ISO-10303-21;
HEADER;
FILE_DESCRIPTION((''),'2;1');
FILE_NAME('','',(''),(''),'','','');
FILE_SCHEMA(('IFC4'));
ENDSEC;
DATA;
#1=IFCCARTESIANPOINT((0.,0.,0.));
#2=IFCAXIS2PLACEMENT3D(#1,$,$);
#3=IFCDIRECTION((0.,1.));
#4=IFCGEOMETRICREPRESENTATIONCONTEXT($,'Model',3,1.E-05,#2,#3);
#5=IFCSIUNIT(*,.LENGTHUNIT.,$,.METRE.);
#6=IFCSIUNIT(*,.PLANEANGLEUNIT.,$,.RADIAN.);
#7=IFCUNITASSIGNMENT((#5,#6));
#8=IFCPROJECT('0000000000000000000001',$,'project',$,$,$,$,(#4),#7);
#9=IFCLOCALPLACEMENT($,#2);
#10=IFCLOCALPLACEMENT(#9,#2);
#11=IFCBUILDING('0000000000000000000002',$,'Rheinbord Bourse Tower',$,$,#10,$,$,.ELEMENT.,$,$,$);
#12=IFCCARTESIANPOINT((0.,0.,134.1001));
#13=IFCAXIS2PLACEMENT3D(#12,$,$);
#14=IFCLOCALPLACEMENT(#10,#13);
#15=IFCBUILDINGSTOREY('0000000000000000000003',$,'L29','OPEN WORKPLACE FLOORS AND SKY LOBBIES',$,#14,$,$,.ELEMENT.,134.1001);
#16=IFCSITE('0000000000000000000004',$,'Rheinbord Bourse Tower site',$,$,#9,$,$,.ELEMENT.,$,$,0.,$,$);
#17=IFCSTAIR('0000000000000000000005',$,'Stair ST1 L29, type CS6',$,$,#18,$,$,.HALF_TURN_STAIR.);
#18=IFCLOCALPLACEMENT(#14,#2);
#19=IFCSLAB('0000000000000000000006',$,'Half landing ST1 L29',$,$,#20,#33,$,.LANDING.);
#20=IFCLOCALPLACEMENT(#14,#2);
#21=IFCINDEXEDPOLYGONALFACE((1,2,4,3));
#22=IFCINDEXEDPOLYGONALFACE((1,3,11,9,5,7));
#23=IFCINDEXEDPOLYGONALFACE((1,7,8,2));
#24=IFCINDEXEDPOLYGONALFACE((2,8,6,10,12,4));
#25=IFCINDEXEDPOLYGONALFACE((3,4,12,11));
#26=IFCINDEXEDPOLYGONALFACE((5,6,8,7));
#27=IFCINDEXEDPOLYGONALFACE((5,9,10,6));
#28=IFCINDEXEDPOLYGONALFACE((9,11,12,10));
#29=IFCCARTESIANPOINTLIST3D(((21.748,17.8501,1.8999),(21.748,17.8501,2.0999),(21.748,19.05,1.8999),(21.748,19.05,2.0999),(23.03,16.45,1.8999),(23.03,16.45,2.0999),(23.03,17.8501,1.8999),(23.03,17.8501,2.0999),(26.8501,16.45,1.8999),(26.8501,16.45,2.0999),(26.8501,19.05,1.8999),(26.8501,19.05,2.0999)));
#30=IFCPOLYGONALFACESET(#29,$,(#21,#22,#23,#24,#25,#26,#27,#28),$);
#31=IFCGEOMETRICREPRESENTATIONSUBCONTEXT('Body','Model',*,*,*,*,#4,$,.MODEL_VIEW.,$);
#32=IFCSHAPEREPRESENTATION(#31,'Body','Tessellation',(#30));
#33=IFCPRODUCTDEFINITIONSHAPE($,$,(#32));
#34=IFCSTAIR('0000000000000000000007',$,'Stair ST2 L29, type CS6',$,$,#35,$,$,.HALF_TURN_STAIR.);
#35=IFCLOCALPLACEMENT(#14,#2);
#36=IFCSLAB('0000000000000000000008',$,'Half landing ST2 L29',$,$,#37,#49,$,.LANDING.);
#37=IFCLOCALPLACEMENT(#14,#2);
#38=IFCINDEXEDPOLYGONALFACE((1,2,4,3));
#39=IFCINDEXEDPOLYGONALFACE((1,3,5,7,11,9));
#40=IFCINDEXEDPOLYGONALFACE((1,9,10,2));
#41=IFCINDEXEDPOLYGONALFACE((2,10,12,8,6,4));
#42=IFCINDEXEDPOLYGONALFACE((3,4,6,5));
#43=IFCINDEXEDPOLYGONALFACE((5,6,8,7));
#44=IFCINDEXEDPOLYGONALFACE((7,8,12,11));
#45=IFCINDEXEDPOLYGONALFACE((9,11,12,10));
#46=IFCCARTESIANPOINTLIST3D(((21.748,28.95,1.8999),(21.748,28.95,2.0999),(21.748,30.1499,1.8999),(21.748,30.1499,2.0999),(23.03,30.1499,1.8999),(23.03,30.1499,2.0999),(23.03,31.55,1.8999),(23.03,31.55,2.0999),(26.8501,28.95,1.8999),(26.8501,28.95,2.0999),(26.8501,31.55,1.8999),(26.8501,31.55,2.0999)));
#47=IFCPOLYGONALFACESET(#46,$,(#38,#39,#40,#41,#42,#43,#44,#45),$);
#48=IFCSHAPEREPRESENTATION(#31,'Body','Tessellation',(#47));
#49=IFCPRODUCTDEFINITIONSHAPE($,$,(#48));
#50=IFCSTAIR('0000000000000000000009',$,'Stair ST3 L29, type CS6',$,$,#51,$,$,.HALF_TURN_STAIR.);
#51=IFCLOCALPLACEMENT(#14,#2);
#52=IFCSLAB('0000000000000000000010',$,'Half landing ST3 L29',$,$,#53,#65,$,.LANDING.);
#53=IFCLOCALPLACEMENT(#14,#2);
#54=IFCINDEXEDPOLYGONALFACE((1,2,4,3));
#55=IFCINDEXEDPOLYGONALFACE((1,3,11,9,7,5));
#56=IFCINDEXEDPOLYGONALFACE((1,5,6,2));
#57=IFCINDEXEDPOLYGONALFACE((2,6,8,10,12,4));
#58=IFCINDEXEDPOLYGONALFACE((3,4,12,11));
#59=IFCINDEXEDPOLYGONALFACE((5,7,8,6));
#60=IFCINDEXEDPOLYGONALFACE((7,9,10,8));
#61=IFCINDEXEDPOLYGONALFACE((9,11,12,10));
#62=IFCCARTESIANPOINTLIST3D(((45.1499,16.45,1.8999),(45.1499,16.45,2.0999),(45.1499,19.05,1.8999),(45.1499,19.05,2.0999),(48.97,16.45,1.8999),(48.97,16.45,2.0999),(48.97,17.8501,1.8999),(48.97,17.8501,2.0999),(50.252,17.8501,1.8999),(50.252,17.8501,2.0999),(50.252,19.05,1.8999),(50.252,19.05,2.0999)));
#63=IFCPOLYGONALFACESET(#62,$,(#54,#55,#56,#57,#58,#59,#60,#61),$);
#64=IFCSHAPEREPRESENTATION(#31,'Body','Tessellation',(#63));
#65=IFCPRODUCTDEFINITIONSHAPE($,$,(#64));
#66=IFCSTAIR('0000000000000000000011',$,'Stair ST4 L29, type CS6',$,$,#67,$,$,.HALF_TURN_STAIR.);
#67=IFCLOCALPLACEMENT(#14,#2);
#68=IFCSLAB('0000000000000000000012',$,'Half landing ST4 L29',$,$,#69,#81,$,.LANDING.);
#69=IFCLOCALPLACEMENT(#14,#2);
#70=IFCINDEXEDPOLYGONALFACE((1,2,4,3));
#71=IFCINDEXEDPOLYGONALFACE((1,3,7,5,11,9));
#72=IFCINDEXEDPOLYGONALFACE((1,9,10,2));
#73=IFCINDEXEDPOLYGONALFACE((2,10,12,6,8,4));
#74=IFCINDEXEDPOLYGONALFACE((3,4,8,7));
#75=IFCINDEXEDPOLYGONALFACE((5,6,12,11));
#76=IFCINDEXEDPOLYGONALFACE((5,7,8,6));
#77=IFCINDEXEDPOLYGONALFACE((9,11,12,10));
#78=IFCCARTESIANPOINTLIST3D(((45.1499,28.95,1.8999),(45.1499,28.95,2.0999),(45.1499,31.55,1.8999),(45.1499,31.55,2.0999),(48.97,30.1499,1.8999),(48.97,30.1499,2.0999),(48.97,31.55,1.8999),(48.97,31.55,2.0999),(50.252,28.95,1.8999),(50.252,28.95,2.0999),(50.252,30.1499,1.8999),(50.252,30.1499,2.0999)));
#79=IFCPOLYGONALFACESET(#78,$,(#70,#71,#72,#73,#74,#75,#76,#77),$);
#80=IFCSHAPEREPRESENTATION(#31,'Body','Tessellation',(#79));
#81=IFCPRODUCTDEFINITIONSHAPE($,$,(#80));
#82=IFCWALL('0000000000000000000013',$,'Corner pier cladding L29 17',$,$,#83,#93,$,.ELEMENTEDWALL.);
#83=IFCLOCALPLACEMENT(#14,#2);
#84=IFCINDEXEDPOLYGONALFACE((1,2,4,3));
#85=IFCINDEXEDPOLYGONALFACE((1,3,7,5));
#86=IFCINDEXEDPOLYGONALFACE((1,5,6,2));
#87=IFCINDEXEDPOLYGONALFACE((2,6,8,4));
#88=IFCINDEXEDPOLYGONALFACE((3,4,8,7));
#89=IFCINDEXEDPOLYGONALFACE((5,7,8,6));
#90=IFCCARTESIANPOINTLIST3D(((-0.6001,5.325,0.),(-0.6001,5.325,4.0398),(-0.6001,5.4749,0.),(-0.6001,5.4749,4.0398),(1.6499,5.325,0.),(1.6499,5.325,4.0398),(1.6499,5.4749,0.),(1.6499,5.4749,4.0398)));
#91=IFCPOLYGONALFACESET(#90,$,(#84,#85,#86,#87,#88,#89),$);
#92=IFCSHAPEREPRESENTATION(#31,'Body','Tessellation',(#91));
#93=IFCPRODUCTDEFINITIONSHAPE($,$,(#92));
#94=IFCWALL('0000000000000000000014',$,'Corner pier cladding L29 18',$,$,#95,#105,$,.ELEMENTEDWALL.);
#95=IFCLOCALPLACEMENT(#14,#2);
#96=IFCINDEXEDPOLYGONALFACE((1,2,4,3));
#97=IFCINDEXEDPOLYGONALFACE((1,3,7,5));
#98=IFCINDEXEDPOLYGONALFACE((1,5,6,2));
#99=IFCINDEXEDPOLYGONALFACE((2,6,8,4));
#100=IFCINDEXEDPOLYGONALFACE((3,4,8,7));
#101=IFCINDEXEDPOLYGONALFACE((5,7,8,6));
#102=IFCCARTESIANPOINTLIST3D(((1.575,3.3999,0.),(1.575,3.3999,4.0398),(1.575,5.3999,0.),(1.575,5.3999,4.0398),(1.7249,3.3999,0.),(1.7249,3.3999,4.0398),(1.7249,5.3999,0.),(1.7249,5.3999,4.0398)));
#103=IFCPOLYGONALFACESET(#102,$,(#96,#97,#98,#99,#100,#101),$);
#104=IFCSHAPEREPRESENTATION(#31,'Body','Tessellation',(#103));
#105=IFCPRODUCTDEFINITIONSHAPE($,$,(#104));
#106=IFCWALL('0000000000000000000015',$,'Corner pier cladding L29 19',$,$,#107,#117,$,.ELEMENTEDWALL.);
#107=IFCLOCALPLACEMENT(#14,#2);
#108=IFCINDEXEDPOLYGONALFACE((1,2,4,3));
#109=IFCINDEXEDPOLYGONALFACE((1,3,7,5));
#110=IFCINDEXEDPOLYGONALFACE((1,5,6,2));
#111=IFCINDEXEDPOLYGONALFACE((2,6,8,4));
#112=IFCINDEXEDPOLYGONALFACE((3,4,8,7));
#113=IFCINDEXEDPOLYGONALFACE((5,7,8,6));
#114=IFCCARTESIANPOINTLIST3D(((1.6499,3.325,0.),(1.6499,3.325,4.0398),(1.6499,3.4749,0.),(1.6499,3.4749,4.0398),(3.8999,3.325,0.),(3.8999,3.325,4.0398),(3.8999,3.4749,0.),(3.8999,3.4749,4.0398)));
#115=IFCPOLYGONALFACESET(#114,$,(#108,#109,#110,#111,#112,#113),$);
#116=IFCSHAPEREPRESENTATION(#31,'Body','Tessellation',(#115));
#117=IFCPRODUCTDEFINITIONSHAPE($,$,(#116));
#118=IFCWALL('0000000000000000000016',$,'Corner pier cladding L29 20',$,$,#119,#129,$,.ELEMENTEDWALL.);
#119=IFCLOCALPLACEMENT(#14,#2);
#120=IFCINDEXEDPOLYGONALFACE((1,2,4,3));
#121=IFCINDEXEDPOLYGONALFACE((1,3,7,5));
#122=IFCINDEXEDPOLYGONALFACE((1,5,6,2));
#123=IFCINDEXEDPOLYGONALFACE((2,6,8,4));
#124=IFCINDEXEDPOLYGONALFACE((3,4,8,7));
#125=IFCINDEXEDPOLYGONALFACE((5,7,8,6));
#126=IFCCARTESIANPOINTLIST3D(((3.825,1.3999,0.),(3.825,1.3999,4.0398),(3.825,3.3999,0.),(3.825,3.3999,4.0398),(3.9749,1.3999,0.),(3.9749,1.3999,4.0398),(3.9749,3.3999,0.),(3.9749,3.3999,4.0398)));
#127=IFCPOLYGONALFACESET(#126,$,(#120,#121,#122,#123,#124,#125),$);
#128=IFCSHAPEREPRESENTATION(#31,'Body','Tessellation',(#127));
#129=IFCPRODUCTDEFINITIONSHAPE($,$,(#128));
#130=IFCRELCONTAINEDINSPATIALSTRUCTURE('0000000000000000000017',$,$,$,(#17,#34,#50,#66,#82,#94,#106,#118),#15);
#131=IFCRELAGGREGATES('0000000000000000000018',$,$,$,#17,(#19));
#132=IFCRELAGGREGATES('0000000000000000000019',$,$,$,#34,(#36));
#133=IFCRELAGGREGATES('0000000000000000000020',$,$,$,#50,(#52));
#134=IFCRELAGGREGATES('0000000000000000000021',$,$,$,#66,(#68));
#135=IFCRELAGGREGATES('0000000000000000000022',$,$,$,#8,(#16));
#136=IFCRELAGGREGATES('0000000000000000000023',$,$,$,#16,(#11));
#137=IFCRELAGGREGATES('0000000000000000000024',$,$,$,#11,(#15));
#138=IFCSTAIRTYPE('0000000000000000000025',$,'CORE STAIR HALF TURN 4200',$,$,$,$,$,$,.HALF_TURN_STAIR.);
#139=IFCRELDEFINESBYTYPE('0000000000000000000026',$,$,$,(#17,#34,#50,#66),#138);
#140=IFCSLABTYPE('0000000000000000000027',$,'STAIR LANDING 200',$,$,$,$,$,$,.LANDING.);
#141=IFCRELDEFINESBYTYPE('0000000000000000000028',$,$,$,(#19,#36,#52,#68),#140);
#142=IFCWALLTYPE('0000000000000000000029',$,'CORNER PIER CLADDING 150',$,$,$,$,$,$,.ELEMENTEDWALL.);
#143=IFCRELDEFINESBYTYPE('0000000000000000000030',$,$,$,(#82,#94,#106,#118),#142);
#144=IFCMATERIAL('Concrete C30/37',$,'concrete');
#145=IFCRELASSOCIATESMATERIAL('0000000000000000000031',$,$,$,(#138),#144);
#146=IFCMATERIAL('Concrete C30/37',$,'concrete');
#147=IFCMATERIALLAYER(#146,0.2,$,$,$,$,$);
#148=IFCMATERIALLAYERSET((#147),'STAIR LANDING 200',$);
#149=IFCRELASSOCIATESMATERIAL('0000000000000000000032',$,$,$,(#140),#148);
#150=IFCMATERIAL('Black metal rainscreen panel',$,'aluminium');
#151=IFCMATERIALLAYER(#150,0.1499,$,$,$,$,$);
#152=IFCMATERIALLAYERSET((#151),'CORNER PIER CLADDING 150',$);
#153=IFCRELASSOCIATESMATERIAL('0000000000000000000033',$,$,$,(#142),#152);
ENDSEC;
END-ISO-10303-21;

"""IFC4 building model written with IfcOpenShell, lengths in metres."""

from ifc_helpers import new_model, si_unit, direction, frame, frame_2d, origin, place, context, subcontext, project, spatial, polyline, rectangle, outline, extrude, material, layer, layer_set, type_object, element, aggregate, save


model = new_model("IFC4")

# Units and contexts
model_context = context("Model", 3, precision=1e-05, world=origin(), true_north=direction((0.0, 1.0)))
body_context = subcontext(model_context, "Body", "Model", "MODEL_VIEW")
ifc_project = project(units=[si_unit("LENGTHUNIT", "METRE"), si_unit("PLANEANGLEUNIT", "RADIAN")], contexts=[model_context])

# Site, building, storey
site_placement = place(None, origin())
site = spatial("IfcSite", under=ifc_project, at=site_placement, Name="Rheinbord Bourse Tower site", CompositionType="ELEMENT", RefElevation=0.0)
building_placement = place(site_placement, origin())
building = spatial("IfcBuilding", under=site, at=building_placement, Name="Rheinbord Bourse Tower", CompositionType="ELEMENT")
storey_placement = place(building_placement, frame((0.0, 0.0, 134.1001)))
storey = spatial("IfcBuildingStorey", under=building, at=storey_placement, Name="L29", Description="OPEN WORKPLACE FLOORS AND SKY LOBBIES", CompositionType="ELEMENT", Elevation=134.1001)

# Stairs, slabs
ifc_material_1 = material(Name="Concrete C30/37", Category="concrete")
stair_type = type_object("IfcStairType", Name="CORE STAIR HALF TURN 4200", PredefinedType="HALF_TURN_STAIR", material=ifc_material_1)
stair_1_placement = place(storey_placement, origin())
stair_1 = element("IfcStair", 1, at=stair_1_placement, inside=storey, type_object=stair_type, Name="Stair ST1 L29, type CS6", PredefinedType="HALF_TURN_STAIR")
ifc_material_2 = material(Name="Concrete C30/37", Category="concrete")
ifc_layer_1 = layer(ifc_material_2, 0.2)
ifc_layer_set_1 = layer_set([ifc_layer_1], Name="STAIR LANDING 200")
slab_type_1 = type_object("IfcSlabType", Name="STAIR LANDING 200", PredefinedType="LANDING", material=ifc_layer_set_1)
slab_1_placement = place(storey_placement, frame((0.0, 0.0, 1.8999)))
slab_1 = element("IfcSlab", 2, at=slab_1_placement, type_object=slab_type_1, Name="Half landing ST1 L29", PredefinedType="LANDING", context=body_context, shape_type="SweptSolid", body=[
    extrude(outline(polyline([(23.03, 16.45), (26.8501, 16.45), (26.8501, 19.05), (21.748, 19.05), (21.748, 17.8501), (23.03, 17.8501), (23.03, 16.45)])), origin(), (0.0, 0.0, 1.0), 0.2),
])
aggregate(stair_1, [slab_1])
stair_2_placement = place(storey_placement, origin())
stair_2 = element("IfcStair", 3, at=stair_2_placement, inside=storey, type_object=stair_type, Name="Stair ST2 L29, type CS6", PredefinedType="HALF_TURN_STAIR")
slab_2_placement = place(storey_placement, frame((0.0, 0.0, 1.8999)))
slab_2 = element("IfcSlab", 4, at=slab_2_placement, type_object=slab_type_1, Name="Half landing ST2 L29", PredefinedType="LANDING", context=body_context, shape_type="SweptSolid", body=[
    extrude(outline(polyline([(21.748, 28.95), (26.8501, 28.95), (26.8501, 31.55), (23.03, 31.55), (23.03, 30.1499), (21.748, 30.1499), (21.748, 28.95)])), origin(), (0.0, 0.0, 1.0), 0.2),
])
aggregate(stair_2, [slab_2])
stair_3_placement = place(storey_placement, origin())
stair_3 = element("IfcStair", 5, at=stair_3_placement, inside=storey, type_object=stair_type, Name="Stair ST3 L29, type CS6", PredefinedType="HALF_TURN_STAIR")
slab_3_placement = place(storey_placement, frame((0.0, 0.0, 1.8999)))
slab_3 = element("IfcSlab", 6, at=slab_3_placement, type_object=slab_type_1, Name="Half landing ST3 L29", PredefinedType="LANDING", context=body_context, shape_type="SweptSolid", body=[
    extrude(outline(polyline([(45.1499, 16.45), (48.97, 16.45), (48.97, 17.8501), (50.252, 17.8501), (50.252, 19.05), (45.1499, 19.05), (45.1499, 16.45)])), origin(), (0.0, 0.0, 1.0), 0.2),
])
aggregate(stair_3, [slab_3])
stair_4_placement = place(storey_placement, origin())
stair_4 = element("IfcStair", 7, at=stair_4_placement, inside=storey, type_object=stair_type, Name="Stair ST4 L29, type CS6", PredefinedType="HALF_TURN_STAIR")
slab_4_placement = place(storey_placement, frame((0.0, 0.0, 1.8999)))
slab_4 = element("IfcSlab", 8, at=slab_4_placement, type_object=slab_type_1, Name="Half landing ST4 L29", PredefinedType="LANDING", context=body_context, shape_type="SweptSolid", body=[
    extrude(outline(polyline([(45.1499, 28.95), (50.252, 28.95), (50.252, 30.1499), (48.97, 30.1499), (48.97, 31.55), (45.1499, 31.55), (45.1499, 28.95)])), origin(), (0.0, 0.0, 1.0), 0.2),
])
aggregate(stair_4, [slab_4])

# Walls
ifc_material_3 = material(Name="Black metal rainscreen panel", Category="aluminium")
ifc_layer_2 = layer(ifc_material_3, 0.1499)
ifc_layer_set_2 = layer_set([ifc_layer_2], Name="CORNER PIER CLADDING 150")
wall_type = type_object("IfcWallType", Name="CORNER PIER CLADDING 150", PredefinedType="ELEMENTEDWALL", material=ifc_layer_set_2)
wall_1_placement = place(storey_placement, frame((-0.6001, 5.3999, 0.0), z_axis=(0.0, 0.0, 1.0), x_axis=(1.0, 0.0, 0.0)))
element("IfcWall", 9, at=wall_1_placement, inside=storey, type_object=wall_type, Name="Corner pier cladding L29 17", PredefinedType="ELEMENTEDWALL", context=body_context, shape_type="SweptSolid", body=[
    extrude(rectangle(XDim=2.25, YDim=0.1499, at=frame_2d((1.125, 0.0))), origin(), (0.0, 0.0, 1.0), 4.0398),
])
wall_2_placement = place(storey_placement, frame((1.6499, 5.3999, 0.0), z_axis=(0.0, 0.0, 1.0), x_axis=(0.0, -1.0, 0.0)))
element("IfcWall", 10, at=wall_2_placement, inside=storey, type_object=wall_type, Name="Corner pier cladding L29 18", PredefinedType="ELEMENTEDWALL", context=body_context, shape_type="SweptSolid", body=[
    extrude(rectangle(XDim=2.0, YDim=0.1499, at=frame_2d((1.0, 0.0))), origin(), (0.0, 0.0, 1.0), 4.0398),
])
wall_3_placement = place(storey_placement, frame((1.6499, 3.3999, 0.0), z_axis=(0.0, 0.0, 1.0), x_axis=(1.0, 0.0, 0.0)))
element("IfcWall", 11, at=wall_3_placement, inside=storey, type_object=wall_type, Name="Corner pier cladding L29 19", PredefinedType="ELEMENTEDWALL", context=body_context, shape_type="SweptSolid", body=[
    extrude(rectangle(XDim=2.25, YDim=0.1499, at=frame_2d((1.125, 0.0))), origin(), (0.0, 0.0, 1.0), 4.0398),
])
wall_4_placement = place(storey_placement, frame((3.8999, 3.3999, 0.0), z_axis=(0.0, 0.0, 1.0), x_axis=(0.0, -1.0, 0.0)))
element("IfcWall", 12, at=wall_4_placement, inside=storey, type_object=wall_type, Name="Corner pier cladding L29 20", PredefinedType="ELEMENTEDWALL", context=body_context, shape_type="SweptSolid", body=[
    extrude(rectangle(XDim=2.0, YDim=0.1499, at=frame_2d((1.0, 0.0))), origin(), (0.0, 0.0, 1.0), 4.0398),
])

save(model, "model.ifc")
